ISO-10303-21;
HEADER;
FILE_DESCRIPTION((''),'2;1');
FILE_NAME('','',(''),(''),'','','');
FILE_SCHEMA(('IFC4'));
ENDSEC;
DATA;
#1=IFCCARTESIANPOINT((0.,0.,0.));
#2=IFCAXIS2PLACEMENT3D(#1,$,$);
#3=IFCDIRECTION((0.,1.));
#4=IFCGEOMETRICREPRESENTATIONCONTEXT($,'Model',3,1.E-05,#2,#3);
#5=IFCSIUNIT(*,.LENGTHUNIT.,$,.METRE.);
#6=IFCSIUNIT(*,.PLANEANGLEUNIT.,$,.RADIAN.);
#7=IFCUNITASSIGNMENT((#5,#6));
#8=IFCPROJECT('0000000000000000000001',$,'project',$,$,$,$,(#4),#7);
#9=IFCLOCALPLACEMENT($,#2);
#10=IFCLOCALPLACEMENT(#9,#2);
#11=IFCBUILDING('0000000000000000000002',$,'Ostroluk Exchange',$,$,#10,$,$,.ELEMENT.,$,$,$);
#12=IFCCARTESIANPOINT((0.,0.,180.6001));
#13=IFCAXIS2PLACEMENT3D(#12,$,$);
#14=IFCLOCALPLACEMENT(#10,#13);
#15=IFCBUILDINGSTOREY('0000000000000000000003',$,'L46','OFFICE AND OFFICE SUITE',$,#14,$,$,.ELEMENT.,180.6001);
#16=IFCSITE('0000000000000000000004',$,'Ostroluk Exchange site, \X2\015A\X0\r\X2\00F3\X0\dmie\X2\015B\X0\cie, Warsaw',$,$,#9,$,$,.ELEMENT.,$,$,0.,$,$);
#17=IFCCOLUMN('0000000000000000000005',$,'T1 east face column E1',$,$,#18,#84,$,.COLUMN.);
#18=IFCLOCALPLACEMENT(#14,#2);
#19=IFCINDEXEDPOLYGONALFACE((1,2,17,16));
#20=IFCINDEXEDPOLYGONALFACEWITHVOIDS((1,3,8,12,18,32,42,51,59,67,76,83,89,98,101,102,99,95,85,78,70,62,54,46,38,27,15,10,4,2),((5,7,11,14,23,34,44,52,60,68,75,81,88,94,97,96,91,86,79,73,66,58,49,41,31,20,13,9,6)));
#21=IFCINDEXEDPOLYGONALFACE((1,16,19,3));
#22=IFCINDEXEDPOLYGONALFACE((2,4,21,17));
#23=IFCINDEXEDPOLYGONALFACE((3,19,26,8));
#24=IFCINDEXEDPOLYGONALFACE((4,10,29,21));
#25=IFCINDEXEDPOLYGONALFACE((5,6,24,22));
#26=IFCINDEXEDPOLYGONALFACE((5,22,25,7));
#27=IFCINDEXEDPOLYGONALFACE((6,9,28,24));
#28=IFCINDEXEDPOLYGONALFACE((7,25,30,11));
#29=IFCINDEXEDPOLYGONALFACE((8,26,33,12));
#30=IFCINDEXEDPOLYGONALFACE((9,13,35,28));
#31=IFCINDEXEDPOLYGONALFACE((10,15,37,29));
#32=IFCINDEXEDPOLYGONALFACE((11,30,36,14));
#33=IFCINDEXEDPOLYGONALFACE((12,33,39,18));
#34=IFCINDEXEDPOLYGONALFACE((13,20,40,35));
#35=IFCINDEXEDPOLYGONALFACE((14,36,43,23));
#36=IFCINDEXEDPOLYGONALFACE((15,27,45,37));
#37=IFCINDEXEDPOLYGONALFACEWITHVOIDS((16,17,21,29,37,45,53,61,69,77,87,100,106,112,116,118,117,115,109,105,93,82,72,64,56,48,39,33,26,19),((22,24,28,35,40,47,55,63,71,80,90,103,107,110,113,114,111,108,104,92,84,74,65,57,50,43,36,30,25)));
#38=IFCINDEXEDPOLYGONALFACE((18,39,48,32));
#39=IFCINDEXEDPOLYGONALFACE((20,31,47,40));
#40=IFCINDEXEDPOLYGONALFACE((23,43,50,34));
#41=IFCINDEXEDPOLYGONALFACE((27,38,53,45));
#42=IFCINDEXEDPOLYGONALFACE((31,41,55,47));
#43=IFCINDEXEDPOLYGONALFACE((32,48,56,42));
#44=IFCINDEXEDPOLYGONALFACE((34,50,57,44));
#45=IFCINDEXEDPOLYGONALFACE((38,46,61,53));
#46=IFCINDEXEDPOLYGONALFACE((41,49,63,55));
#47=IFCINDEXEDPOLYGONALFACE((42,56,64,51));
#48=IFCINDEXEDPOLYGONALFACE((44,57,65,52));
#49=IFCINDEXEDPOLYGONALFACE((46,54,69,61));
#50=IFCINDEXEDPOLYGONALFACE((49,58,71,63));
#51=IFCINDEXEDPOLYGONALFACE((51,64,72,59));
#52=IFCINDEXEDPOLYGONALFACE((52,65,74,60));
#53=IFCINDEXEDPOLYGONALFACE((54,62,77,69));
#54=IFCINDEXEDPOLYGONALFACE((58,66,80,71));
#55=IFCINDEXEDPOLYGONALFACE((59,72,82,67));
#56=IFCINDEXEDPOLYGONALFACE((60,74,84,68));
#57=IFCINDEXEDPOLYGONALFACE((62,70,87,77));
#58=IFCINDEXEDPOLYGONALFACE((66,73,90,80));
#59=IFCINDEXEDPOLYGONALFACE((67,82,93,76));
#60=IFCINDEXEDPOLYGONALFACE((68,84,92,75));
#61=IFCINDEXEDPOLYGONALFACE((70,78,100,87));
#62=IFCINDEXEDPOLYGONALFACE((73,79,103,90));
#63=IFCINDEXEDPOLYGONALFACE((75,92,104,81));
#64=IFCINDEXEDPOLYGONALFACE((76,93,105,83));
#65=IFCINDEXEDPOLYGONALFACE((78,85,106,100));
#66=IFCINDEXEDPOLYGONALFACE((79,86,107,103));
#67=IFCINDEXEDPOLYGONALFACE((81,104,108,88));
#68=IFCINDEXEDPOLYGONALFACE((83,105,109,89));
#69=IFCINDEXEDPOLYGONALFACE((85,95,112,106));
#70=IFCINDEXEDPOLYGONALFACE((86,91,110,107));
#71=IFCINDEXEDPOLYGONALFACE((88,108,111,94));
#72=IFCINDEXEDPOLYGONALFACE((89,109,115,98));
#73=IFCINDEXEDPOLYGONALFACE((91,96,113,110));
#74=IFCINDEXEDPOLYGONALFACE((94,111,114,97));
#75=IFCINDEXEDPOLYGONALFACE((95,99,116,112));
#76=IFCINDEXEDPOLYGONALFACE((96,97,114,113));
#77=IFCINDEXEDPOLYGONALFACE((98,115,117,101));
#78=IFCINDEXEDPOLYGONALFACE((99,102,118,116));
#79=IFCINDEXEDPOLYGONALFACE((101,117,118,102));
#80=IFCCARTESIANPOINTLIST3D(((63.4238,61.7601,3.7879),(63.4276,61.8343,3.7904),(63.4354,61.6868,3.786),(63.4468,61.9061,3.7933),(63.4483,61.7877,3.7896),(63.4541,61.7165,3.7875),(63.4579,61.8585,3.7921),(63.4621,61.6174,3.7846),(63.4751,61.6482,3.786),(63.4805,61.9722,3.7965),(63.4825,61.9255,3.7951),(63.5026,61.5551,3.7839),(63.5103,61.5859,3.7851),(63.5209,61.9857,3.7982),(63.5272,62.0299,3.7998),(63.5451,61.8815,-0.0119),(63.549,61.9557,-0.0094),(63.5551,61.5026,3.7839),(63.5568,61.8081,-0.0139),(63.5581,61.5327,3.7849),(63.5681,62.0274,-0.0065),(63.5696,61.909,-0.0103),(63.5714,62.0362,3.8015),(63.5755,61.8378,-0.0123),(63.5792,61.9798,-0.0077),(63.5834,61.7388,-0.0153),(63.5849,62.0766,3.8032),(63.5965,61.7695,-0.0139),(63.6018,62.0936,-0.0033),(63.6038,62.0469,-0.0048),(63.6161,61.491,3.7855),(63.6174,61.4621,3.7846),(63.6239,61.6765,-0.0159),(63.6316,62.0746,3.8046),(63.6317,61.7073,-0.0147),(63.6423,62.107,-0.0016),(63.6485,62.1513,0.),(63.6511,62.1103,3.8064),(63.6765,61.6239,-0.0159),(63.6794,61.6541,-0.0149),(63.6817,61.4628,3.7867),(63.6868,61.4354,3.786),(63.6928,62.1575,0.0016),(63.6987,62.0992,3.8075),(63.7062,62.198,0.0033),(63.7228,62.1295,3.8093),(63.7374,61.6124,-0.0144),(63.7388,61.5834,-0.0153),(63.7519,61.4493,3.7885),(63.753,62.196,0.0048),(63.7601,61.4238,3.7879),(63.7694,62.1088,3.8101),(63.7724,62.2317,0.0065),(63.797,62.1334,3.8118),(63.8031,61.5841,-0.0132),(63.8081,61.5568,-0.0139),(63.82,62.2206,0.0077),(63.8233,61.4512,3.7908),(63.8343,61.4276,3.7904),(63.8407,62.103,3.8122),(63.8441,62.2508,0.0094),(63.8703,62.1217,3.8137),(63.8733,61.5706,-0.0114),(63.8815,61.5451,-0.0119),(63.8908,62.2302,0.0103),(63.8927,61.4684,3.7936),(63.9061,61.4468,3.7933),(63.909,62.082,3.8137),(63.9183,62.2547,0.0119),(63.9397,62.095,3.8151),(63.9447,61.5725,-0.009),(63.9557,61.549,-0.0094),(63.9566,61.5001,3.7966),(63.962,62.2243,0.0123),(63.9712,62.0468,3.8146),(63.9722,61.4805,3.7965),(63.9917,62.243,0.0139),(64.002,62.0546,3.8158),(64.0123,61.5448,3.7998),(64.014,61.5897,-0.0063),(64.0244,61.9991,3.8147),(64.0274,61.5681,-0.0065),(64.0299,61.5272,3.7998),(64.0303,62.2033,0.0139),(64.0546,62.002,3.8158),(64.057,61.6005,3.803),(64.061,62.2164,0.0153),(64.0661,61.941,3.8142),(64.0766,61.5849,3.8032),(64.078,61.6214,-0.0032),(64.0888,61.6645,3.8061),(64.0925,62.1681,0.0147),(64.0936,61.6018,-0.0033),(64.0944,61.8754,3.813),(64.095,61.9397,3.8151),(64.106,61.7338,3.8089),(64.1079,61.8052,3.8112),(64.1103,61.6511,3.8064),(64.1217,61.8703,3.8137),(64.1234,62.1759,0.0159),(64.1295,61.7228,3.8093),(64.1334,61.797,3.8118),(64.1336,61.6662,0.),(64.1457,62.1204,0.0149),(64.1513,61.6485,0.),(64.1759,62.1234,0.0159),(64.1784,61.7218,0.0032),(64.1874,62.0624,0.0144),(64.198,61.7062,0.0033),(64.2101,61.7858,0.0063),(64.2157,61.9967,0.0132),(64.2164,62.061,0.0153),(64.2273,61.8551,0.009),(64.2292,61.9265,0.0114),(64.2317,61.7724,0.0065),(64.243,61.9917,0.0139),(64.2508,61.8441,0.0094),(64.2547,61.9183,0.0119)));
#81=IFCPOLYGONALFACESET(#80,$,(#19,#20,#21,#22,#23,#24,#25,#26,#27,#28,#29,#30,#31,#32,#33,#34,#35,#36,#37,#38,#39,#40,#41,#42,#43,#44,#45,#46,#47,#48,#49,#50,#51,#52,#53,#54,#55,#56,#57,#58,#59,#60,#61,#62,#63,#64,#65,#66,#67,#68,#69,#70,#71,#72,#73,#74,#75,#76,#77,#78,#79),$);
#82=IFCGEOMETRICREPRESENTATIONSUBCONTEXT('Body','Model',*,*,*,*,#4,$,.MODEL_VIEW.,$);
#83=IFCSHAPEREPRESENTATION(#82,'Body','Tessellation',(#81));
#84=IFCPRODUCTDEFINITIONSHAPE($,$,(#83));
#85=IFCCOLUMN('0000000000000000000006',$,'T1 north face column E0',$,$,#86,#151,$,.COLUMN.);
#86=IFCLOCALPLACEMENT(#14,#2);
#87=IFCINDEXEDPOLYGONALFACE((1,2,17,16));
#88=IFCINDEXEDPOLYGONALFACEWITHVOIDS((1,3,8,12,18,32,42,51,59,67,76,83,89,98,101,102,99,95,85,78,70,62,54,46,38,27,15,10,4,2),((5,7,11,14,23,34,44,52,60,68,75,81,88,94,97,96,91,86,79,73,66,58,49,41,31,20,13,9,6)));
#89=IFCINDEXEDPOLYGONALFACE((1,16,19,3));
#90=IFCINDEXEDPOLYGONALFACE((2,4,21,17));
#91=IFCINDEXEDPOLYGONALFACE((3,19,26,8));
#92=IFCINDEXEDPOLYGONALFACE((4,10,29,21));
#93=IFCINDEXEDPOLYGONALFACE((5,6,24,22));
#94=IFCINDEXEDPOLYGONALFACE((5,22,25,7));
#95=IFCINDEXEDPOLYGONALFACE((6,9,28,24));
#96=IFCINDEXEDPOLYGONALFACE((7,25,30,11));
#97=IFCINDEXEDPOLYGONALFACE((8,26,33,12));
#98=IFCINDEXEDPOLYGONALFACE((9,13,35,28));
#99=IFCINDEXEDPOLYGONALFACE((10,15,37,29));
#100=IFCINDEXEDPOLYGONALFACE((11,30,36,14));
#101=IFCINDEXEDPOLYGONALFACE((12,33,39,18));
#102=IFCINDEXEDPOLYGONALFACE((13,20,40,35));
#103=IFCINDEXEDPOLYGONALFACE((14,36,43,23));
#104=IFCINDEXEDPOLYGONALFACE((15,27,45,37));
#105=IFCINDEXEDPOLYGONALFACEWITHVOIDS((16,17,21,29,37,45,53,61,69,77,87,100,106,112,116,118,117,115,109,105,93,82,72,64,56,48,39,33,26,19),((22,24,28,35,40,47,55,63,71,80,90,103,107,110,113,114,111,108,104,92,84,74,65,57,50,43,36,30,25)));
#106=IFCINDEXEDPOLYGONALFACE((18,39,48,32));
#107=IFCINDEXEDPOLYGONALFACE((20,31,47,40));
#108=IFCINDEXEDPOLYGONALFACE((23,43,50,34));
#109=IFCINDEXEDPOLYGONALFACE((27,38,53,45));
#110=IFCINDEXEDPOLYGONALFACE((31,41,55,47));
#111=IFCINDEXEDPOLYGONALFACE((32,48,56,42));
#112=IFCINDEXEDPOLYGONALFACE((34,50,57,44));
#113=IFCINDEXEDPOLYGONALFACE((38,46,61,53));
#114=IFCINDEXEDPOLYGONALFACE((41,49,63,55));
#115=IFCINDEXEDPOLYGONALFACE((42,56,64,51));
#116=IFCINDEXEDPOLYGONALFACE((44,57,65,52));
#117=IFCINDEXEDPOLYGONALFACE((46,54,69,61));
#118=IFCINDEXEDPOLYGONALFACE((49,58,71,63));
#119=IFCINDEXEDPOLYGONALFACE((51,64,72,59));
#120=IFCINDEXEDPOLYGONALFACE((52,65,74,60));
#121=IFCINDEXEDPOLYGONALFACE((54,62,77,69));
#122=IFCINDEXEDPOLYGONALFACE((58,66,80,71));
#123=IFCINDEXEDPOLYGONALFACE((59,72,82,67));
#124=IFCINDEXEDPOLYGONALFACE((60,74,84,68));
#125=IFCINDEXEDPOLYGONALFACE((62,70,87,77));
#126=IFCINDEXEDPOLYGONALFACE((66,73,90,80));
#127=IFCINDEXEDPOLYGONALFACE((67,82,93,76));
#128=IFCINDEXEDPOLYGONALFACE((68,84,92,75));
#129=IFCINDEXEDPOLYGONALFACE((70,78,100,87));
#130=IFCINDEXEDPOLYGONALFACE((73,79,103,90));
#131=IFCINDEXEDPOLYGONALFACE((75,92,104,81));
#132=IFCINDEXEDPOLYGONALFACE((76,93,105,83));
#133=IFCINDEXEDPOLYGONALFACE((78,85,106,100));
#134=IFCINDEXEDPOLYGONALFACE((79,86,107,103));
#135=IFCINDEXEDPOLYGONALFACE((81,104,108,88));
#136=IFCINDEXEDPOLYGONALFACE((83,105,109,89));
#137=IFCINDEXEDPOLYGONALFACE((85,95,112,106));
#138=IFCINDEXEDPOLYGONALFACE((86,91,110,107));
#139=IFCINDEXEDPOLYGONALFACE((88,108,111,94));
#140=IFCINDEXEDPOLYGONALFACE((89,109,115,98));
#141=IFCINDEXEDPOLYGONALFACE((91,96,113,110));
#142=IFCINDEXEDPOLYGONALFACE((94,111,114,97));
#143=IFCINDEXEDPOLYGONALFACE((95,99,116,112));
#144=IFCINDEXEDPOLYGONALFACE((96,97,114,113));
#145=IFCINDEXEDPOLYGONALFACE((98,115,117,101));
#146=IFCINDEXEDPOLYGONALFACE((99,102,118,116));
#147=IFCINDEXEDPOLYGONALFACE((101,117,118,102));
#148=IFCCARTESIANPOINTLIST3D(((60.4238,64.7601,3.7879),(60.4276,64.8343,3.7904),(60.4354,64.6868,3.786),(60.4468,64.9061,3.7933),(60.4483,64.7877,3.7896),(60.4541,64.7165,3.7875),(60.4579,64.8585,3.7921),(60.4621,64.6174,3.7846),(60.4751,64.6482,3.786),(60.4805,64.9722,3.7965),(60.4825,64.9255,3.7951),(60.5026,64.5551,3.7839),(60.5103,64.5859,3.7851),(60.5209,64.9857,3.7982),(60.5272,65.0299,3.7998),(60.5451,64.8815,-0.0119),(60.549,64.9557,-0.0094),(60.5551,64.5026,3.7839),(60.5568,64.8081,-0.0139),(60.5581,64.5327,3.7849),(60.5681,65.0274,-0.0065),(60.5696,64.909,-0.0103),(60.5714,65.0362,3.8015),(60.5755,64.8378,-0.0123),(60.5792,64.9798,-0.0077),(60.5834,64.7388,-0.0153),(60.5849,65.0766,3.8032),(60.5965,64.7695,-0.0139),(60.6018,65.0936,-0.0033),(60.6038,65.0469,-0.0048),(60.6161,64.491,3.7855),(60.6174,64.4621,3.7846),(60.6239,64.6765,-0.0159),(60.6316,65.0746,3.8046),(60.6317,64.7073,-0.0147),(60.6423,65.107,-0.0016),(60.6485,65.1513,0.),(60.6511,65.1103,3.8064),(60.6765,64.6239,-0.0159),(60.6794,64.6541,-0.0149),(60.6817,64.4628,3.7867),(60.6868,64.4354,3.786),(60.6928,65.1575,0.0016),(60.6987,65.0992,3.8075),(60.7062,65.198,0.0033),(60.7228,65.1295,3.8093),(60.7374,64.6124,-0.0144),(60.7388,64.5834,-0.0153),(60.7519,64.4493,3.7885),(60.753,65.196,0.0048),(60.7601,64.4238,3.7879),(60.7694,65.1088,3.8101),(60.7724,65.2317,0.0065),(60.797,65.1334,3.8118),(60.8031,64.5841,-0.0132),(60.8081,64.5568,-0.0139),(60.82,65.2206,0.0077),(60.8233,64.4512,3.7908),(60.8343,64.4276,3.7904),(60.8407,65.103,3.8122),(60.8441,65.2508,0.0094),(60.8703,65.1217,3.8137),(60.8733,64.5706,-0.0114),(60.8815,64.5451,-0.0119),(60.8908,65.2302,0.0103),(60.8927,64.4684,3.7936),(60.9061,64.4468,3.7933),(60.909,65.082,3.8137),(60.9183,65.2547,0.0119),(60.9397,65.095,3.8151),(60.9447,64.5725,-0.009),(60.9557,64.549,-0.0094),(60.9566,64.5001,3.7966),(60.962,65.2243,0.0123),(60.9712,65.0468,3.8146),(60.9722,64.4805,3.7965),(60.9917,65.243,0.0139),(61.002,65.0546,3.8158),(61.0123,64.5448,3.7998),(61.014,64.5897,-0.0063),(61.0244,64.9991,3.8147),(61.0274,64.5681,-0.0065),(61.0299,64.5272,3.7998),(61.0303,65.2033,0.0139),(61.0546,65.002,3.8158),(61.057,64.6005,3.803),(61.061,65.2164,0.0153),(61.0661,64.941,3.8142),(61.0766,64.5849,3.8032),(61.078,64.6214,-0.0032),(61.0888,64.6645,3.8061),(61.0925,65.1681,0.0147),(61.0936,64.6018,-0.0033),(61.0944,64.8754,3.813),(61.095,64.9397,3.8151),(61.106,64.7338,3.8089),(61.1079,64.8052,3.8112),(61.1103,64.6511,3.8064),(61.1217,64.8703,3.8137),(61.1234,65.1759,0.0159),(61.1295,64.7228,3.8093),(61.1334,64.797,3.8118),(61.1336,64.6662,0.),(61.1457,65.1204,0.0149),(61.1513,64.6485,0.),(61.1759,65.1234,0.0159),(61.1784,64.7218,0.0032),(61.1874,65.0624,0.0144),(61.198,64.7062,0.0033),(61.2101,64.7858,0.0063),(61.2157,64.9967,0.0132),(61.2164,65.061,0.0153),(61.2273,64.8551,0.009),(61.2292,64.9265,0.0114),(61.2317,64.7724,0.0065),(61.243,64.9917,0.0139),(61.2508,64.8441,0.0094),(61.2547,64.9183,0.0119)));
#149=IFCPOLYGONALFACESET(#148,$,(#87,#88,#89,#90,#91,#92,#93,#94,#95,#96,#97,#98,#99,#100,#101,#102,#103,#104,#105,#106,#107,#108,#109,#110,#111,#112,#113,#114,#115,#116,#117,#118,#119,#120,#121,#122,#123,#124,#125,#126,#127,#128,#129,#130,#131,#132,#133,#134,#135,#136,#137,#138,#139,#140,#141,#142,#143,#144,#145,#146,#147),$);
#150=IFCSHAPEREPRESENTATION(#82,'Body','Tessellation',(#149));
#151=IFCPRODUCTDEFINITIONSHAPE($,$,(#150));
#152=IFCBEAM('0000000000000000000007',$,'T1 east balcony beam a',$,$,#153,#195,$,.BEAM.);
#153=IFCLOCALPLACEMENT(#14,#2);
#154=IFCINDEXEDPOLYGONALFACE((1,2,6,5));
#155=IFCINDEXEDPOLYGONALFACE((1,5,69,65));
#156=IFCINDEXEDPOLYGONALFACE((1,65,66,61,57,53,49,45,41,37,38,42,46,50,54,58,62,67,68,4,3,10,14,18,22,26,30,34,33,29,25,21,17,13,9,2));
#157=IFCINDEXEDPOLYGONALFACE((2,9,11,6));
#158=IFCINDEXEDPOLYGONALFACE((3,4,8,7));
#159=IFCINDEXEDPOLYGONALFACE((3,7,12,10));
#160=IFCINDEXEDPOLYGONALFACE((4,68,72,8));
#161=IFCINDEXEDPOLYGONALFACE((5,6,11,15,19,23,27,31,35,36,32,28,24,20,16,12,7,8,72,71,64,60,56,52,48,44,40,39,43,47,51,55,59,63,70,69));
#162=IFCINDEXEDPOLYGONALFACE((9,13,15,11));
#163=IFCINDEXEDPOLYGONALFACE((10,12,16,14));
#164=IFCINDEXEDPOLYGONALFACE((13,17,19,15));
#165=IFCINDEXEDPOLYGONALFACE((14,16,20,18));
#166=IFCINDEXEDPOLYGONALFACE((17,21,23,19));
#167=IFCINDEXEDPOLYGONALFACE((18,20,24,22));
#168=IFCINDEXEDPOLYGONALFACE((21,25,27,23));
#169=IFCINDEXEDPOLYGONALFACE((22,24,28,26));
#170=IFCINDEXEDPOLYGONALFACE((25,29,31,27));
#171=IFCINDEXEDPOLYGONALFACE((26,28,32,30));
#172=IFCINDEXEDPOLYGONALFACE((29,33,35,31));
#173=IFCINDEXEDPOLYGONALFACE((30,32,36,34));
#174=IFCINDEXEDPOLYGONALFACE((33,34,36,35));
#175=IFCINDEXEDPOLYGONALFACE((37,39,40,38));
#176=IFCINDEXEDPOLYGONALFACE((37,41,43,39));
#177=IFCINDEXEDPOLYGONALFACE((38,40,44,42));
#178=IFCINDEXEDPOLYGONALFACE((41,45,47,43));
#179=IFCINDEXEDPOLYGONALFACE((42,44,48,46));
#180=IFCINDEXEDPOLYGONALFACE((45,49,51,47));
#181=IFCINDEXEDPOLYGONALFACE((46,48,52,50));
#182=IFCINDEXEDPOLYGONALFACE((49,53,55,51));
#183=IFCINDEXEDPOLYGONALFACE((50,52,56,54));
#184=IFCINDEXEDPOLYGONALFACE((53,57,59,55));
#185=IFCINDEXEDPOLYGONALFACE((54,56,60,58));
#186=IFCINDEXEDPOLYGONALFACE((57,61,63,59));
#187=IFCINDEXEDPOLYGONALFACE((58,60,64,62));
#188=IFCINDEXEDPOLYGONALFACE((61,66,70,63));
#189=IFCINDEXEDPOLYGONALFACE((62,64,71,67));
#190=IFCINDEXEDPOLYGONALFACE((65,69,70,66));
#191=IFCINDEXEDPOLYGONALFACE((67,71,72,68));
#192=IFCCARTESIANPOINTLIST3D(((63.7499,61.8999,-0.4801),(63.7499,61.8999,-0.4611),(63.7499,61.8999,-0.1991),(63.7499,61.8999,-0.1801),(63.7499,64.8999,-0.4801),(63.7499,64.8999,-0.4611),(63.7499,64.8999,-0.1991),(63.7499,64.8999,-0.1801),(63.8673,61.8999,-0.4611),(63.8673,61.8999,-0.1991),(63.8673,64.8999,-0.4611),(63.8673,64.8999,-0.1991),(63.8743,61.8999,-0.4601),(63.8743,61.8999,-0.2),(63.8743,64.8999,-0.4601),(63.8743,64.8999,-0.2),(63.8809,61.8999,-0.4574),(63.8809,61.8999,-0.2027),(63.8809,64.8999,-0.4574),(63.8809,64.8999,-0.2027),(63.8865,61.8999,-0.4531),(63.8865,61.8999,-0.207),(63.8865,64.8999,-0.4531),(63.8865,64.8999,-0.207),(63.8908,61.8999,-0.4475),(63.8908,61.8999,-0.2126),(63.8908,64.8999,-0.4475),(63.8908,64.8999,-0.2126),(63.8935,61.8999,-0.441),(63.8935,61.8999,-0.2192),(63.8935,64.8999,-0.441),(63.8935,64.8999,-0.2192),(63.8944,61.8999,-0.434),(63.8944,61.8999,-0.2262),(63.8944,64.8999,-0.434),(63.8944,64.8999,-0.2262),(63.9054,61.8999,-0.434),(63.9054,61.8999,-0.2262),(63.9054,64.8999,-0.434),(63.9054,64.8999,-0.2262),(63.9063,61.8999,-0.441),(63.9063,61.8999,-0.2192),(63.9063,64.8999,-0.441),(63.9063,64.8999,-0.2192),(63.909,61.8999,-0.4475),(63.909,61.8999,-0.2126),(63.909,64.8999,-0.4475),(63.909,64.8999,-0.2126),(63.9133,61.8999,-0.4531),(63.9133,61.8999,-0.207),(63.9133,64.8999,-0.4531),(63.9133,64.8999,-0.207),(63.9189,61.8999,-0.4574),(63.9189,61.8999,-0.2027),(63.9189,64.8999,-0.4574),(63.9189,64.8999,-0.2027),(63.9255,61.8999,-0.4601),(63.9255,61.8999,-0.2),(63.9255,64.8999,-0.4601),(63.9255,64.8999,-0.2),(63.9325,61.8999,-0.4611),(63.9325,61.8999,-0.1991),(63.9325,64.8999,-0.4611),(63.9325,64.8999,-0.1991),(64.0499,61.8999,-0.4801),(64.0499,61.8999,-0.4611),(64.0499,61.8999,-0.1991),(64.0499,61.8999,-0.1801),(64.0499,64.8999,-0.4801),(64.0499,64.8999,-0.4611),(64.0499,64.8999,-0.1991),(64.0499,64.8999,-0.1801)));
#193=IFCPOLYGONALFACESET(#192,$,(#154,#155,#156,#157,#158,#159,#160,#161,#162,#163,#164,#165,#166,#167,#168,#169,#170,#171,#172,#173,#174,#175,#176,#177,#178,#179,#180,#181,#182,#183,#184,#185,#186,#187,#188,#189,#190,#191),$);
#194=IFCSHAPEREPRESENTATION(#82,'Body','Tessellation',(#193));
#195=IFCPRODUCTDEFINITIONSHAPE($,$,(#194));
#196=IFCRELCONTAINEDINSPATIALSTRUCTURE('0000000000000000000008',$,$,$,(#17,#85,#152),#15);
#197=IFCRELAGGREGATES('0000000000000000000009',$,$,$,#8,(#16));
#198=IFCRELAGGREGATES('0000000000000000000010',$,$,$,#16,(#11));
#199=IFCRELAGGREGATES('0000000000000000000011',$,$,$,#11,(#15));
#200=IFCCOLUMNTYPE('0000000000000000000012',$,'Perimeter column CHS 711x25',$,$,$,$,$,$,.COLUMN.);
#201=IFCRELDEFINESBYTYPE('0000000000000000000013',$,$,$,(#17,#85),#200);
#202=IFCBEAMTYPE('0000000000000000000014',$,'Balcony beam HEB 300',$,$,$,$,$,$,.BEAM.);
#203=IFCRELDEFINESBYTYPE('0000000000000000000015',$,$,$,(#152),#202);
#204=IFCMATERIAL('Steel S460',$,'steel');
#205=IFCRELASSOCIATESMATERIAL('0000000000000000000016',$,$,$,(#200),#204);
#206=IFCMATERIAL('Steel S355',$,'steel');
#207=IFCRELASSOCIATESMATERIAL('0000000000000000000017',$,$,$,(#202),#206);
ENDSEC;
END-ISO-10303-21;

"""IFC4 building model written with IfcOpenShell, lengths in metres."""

from ifc_helpers import new_model, si_unit, direction, frame, origin, origin_2d, place, context, subcontext, project, spatial, hollow_circle, i_section, extrude, material, material_profile, profile_set, type_object, element, save


model = new_model("IFC4")

# Units and contexts
model_context = context("Model", 3, precision=1e-05, world=origin(), true_north=direction((0.0, 1.0)))
body_context = subcontext(model_context, "Body", "Model", "MODEL_VIEW")
ifc_project = project(units=[si_unit("LENGTHUNIT", "METRE"), si_unit("PLANEANGLEUNIT", "RADIAN")], contexts=[model_context])

# Site, building, storey
site_placement = place(None, origin())
site = spatial("IfcSite", under=ifc_project, at=site_placement, Name="Ostroluk Exchange site, Śródmieście, Warsaw", CompositionType="ELEMENT", RefElevation=0.0)
building_placement = place(site_placement, origin())
building = spatial("IfcBuilding", under=site, at=building_placement, Name="Ostroluk Exchange", CompositionType="ELEMENT")
storey_placement = place(building_placement, frame((0.0, 0.0, 180.6001)))
storey = spatial("IfcBuildingStorey", under=building, at=storey_placement, Name="L46", Description="OFFICE AND OFFICE SUITE", CompositionType="ELEMENT", Elevation=180.6001)

# Columns
ifc_material_1 = material(Name="Steel S460", Category="steel")
ifc_material_profile_1 = material_profile(ifc_material_1, hollow_circle(Radius=0.3555, WallThickness=0.0249, at=origin_2d()), Name="CHS 711x25")
ifc_profile_set_1 = profile_set([ifc_material_profile_1], Name="Steel S460")
column_type = type_object("IfcColumnType", Name="Perimeter column CHS 711x25", PredefinedType="COLUMN", material=ifc_profile_set_1)
for number, where, z_axis, x_axis, name in (
    (1, (63.8999, 61.8999, 0.0), (-0.0319, -0.0319, 0.998982), (0.707107, -0.707107, 0.0), "T1 east face column E1"),
    (2, (60.8999, 64.8999, 0.0), (-0.0319, -0.0319, 0.998982), (0.707107, -0.707107, 0.0), "T1 north face column E0"),
):
    element("IfcColumn", number, at=place(storey_placement, frame(where, z_axis=z_axis, x_axis=x_axis)), inside=storey, type_object=column_type, Name=name, PredefinedType="COLUMN", context=body_context, shape_type="SweptSolid", body=[
        extrude(hollow_circle(Radius=0.3555, WallThickness=0.0249, at=origin_2d()), origin(), (0.0, 0.0, 1.0), 3.8037),
    ])

# Beam
ifc_material_2 = material(Name="Steel S355", Category="steel")
ifc_material_profile_2 = material_profile(ifc_material_2, i_section(OverallWidth=0.3, OverallDepth=0.3, WebThickness=0.011, FlangeThickness=0.019, FilletRadius=0.0271, at=origin_2d()), Name="HEB 300")
ifc_profile_set_2 = profile_set([ifc_material_profile_2], Name="Steel S355")
beam_type_1 = type_object("IfcBeamType", Name="Balcony beam HEB 300", PredefinedType="BEAM", material=ifc_profile_set_2)
for number, where, z_axis, x_axis, name in (
    (3, (63.8999, 61.8999, -0.3301), (0.0, 1.0, 0.0), (-1.0, 0.0, 0.0), "T1 east balcony beam a"),
):
    element("IfcBeam", number, at=place(storey_placement, frame(where, z_axis=z_axis, x_axis=x_axis)), inside=storey, type_object=beam_type_1, Name=name, PredefinedType="BEAM", context=body_context, shape_type="SweptSolid", body=[
        extrude(i_section(OverallWidth=0.3, OverallDepth=0.3, WebThickness=0.011, FlangeThickness=0.019, FilletRadius=0.0271, at=origin_2d()), origin(), (0.0, 0.0, 1.0), 3.0),
    ])

save(model, "model.ifc")
